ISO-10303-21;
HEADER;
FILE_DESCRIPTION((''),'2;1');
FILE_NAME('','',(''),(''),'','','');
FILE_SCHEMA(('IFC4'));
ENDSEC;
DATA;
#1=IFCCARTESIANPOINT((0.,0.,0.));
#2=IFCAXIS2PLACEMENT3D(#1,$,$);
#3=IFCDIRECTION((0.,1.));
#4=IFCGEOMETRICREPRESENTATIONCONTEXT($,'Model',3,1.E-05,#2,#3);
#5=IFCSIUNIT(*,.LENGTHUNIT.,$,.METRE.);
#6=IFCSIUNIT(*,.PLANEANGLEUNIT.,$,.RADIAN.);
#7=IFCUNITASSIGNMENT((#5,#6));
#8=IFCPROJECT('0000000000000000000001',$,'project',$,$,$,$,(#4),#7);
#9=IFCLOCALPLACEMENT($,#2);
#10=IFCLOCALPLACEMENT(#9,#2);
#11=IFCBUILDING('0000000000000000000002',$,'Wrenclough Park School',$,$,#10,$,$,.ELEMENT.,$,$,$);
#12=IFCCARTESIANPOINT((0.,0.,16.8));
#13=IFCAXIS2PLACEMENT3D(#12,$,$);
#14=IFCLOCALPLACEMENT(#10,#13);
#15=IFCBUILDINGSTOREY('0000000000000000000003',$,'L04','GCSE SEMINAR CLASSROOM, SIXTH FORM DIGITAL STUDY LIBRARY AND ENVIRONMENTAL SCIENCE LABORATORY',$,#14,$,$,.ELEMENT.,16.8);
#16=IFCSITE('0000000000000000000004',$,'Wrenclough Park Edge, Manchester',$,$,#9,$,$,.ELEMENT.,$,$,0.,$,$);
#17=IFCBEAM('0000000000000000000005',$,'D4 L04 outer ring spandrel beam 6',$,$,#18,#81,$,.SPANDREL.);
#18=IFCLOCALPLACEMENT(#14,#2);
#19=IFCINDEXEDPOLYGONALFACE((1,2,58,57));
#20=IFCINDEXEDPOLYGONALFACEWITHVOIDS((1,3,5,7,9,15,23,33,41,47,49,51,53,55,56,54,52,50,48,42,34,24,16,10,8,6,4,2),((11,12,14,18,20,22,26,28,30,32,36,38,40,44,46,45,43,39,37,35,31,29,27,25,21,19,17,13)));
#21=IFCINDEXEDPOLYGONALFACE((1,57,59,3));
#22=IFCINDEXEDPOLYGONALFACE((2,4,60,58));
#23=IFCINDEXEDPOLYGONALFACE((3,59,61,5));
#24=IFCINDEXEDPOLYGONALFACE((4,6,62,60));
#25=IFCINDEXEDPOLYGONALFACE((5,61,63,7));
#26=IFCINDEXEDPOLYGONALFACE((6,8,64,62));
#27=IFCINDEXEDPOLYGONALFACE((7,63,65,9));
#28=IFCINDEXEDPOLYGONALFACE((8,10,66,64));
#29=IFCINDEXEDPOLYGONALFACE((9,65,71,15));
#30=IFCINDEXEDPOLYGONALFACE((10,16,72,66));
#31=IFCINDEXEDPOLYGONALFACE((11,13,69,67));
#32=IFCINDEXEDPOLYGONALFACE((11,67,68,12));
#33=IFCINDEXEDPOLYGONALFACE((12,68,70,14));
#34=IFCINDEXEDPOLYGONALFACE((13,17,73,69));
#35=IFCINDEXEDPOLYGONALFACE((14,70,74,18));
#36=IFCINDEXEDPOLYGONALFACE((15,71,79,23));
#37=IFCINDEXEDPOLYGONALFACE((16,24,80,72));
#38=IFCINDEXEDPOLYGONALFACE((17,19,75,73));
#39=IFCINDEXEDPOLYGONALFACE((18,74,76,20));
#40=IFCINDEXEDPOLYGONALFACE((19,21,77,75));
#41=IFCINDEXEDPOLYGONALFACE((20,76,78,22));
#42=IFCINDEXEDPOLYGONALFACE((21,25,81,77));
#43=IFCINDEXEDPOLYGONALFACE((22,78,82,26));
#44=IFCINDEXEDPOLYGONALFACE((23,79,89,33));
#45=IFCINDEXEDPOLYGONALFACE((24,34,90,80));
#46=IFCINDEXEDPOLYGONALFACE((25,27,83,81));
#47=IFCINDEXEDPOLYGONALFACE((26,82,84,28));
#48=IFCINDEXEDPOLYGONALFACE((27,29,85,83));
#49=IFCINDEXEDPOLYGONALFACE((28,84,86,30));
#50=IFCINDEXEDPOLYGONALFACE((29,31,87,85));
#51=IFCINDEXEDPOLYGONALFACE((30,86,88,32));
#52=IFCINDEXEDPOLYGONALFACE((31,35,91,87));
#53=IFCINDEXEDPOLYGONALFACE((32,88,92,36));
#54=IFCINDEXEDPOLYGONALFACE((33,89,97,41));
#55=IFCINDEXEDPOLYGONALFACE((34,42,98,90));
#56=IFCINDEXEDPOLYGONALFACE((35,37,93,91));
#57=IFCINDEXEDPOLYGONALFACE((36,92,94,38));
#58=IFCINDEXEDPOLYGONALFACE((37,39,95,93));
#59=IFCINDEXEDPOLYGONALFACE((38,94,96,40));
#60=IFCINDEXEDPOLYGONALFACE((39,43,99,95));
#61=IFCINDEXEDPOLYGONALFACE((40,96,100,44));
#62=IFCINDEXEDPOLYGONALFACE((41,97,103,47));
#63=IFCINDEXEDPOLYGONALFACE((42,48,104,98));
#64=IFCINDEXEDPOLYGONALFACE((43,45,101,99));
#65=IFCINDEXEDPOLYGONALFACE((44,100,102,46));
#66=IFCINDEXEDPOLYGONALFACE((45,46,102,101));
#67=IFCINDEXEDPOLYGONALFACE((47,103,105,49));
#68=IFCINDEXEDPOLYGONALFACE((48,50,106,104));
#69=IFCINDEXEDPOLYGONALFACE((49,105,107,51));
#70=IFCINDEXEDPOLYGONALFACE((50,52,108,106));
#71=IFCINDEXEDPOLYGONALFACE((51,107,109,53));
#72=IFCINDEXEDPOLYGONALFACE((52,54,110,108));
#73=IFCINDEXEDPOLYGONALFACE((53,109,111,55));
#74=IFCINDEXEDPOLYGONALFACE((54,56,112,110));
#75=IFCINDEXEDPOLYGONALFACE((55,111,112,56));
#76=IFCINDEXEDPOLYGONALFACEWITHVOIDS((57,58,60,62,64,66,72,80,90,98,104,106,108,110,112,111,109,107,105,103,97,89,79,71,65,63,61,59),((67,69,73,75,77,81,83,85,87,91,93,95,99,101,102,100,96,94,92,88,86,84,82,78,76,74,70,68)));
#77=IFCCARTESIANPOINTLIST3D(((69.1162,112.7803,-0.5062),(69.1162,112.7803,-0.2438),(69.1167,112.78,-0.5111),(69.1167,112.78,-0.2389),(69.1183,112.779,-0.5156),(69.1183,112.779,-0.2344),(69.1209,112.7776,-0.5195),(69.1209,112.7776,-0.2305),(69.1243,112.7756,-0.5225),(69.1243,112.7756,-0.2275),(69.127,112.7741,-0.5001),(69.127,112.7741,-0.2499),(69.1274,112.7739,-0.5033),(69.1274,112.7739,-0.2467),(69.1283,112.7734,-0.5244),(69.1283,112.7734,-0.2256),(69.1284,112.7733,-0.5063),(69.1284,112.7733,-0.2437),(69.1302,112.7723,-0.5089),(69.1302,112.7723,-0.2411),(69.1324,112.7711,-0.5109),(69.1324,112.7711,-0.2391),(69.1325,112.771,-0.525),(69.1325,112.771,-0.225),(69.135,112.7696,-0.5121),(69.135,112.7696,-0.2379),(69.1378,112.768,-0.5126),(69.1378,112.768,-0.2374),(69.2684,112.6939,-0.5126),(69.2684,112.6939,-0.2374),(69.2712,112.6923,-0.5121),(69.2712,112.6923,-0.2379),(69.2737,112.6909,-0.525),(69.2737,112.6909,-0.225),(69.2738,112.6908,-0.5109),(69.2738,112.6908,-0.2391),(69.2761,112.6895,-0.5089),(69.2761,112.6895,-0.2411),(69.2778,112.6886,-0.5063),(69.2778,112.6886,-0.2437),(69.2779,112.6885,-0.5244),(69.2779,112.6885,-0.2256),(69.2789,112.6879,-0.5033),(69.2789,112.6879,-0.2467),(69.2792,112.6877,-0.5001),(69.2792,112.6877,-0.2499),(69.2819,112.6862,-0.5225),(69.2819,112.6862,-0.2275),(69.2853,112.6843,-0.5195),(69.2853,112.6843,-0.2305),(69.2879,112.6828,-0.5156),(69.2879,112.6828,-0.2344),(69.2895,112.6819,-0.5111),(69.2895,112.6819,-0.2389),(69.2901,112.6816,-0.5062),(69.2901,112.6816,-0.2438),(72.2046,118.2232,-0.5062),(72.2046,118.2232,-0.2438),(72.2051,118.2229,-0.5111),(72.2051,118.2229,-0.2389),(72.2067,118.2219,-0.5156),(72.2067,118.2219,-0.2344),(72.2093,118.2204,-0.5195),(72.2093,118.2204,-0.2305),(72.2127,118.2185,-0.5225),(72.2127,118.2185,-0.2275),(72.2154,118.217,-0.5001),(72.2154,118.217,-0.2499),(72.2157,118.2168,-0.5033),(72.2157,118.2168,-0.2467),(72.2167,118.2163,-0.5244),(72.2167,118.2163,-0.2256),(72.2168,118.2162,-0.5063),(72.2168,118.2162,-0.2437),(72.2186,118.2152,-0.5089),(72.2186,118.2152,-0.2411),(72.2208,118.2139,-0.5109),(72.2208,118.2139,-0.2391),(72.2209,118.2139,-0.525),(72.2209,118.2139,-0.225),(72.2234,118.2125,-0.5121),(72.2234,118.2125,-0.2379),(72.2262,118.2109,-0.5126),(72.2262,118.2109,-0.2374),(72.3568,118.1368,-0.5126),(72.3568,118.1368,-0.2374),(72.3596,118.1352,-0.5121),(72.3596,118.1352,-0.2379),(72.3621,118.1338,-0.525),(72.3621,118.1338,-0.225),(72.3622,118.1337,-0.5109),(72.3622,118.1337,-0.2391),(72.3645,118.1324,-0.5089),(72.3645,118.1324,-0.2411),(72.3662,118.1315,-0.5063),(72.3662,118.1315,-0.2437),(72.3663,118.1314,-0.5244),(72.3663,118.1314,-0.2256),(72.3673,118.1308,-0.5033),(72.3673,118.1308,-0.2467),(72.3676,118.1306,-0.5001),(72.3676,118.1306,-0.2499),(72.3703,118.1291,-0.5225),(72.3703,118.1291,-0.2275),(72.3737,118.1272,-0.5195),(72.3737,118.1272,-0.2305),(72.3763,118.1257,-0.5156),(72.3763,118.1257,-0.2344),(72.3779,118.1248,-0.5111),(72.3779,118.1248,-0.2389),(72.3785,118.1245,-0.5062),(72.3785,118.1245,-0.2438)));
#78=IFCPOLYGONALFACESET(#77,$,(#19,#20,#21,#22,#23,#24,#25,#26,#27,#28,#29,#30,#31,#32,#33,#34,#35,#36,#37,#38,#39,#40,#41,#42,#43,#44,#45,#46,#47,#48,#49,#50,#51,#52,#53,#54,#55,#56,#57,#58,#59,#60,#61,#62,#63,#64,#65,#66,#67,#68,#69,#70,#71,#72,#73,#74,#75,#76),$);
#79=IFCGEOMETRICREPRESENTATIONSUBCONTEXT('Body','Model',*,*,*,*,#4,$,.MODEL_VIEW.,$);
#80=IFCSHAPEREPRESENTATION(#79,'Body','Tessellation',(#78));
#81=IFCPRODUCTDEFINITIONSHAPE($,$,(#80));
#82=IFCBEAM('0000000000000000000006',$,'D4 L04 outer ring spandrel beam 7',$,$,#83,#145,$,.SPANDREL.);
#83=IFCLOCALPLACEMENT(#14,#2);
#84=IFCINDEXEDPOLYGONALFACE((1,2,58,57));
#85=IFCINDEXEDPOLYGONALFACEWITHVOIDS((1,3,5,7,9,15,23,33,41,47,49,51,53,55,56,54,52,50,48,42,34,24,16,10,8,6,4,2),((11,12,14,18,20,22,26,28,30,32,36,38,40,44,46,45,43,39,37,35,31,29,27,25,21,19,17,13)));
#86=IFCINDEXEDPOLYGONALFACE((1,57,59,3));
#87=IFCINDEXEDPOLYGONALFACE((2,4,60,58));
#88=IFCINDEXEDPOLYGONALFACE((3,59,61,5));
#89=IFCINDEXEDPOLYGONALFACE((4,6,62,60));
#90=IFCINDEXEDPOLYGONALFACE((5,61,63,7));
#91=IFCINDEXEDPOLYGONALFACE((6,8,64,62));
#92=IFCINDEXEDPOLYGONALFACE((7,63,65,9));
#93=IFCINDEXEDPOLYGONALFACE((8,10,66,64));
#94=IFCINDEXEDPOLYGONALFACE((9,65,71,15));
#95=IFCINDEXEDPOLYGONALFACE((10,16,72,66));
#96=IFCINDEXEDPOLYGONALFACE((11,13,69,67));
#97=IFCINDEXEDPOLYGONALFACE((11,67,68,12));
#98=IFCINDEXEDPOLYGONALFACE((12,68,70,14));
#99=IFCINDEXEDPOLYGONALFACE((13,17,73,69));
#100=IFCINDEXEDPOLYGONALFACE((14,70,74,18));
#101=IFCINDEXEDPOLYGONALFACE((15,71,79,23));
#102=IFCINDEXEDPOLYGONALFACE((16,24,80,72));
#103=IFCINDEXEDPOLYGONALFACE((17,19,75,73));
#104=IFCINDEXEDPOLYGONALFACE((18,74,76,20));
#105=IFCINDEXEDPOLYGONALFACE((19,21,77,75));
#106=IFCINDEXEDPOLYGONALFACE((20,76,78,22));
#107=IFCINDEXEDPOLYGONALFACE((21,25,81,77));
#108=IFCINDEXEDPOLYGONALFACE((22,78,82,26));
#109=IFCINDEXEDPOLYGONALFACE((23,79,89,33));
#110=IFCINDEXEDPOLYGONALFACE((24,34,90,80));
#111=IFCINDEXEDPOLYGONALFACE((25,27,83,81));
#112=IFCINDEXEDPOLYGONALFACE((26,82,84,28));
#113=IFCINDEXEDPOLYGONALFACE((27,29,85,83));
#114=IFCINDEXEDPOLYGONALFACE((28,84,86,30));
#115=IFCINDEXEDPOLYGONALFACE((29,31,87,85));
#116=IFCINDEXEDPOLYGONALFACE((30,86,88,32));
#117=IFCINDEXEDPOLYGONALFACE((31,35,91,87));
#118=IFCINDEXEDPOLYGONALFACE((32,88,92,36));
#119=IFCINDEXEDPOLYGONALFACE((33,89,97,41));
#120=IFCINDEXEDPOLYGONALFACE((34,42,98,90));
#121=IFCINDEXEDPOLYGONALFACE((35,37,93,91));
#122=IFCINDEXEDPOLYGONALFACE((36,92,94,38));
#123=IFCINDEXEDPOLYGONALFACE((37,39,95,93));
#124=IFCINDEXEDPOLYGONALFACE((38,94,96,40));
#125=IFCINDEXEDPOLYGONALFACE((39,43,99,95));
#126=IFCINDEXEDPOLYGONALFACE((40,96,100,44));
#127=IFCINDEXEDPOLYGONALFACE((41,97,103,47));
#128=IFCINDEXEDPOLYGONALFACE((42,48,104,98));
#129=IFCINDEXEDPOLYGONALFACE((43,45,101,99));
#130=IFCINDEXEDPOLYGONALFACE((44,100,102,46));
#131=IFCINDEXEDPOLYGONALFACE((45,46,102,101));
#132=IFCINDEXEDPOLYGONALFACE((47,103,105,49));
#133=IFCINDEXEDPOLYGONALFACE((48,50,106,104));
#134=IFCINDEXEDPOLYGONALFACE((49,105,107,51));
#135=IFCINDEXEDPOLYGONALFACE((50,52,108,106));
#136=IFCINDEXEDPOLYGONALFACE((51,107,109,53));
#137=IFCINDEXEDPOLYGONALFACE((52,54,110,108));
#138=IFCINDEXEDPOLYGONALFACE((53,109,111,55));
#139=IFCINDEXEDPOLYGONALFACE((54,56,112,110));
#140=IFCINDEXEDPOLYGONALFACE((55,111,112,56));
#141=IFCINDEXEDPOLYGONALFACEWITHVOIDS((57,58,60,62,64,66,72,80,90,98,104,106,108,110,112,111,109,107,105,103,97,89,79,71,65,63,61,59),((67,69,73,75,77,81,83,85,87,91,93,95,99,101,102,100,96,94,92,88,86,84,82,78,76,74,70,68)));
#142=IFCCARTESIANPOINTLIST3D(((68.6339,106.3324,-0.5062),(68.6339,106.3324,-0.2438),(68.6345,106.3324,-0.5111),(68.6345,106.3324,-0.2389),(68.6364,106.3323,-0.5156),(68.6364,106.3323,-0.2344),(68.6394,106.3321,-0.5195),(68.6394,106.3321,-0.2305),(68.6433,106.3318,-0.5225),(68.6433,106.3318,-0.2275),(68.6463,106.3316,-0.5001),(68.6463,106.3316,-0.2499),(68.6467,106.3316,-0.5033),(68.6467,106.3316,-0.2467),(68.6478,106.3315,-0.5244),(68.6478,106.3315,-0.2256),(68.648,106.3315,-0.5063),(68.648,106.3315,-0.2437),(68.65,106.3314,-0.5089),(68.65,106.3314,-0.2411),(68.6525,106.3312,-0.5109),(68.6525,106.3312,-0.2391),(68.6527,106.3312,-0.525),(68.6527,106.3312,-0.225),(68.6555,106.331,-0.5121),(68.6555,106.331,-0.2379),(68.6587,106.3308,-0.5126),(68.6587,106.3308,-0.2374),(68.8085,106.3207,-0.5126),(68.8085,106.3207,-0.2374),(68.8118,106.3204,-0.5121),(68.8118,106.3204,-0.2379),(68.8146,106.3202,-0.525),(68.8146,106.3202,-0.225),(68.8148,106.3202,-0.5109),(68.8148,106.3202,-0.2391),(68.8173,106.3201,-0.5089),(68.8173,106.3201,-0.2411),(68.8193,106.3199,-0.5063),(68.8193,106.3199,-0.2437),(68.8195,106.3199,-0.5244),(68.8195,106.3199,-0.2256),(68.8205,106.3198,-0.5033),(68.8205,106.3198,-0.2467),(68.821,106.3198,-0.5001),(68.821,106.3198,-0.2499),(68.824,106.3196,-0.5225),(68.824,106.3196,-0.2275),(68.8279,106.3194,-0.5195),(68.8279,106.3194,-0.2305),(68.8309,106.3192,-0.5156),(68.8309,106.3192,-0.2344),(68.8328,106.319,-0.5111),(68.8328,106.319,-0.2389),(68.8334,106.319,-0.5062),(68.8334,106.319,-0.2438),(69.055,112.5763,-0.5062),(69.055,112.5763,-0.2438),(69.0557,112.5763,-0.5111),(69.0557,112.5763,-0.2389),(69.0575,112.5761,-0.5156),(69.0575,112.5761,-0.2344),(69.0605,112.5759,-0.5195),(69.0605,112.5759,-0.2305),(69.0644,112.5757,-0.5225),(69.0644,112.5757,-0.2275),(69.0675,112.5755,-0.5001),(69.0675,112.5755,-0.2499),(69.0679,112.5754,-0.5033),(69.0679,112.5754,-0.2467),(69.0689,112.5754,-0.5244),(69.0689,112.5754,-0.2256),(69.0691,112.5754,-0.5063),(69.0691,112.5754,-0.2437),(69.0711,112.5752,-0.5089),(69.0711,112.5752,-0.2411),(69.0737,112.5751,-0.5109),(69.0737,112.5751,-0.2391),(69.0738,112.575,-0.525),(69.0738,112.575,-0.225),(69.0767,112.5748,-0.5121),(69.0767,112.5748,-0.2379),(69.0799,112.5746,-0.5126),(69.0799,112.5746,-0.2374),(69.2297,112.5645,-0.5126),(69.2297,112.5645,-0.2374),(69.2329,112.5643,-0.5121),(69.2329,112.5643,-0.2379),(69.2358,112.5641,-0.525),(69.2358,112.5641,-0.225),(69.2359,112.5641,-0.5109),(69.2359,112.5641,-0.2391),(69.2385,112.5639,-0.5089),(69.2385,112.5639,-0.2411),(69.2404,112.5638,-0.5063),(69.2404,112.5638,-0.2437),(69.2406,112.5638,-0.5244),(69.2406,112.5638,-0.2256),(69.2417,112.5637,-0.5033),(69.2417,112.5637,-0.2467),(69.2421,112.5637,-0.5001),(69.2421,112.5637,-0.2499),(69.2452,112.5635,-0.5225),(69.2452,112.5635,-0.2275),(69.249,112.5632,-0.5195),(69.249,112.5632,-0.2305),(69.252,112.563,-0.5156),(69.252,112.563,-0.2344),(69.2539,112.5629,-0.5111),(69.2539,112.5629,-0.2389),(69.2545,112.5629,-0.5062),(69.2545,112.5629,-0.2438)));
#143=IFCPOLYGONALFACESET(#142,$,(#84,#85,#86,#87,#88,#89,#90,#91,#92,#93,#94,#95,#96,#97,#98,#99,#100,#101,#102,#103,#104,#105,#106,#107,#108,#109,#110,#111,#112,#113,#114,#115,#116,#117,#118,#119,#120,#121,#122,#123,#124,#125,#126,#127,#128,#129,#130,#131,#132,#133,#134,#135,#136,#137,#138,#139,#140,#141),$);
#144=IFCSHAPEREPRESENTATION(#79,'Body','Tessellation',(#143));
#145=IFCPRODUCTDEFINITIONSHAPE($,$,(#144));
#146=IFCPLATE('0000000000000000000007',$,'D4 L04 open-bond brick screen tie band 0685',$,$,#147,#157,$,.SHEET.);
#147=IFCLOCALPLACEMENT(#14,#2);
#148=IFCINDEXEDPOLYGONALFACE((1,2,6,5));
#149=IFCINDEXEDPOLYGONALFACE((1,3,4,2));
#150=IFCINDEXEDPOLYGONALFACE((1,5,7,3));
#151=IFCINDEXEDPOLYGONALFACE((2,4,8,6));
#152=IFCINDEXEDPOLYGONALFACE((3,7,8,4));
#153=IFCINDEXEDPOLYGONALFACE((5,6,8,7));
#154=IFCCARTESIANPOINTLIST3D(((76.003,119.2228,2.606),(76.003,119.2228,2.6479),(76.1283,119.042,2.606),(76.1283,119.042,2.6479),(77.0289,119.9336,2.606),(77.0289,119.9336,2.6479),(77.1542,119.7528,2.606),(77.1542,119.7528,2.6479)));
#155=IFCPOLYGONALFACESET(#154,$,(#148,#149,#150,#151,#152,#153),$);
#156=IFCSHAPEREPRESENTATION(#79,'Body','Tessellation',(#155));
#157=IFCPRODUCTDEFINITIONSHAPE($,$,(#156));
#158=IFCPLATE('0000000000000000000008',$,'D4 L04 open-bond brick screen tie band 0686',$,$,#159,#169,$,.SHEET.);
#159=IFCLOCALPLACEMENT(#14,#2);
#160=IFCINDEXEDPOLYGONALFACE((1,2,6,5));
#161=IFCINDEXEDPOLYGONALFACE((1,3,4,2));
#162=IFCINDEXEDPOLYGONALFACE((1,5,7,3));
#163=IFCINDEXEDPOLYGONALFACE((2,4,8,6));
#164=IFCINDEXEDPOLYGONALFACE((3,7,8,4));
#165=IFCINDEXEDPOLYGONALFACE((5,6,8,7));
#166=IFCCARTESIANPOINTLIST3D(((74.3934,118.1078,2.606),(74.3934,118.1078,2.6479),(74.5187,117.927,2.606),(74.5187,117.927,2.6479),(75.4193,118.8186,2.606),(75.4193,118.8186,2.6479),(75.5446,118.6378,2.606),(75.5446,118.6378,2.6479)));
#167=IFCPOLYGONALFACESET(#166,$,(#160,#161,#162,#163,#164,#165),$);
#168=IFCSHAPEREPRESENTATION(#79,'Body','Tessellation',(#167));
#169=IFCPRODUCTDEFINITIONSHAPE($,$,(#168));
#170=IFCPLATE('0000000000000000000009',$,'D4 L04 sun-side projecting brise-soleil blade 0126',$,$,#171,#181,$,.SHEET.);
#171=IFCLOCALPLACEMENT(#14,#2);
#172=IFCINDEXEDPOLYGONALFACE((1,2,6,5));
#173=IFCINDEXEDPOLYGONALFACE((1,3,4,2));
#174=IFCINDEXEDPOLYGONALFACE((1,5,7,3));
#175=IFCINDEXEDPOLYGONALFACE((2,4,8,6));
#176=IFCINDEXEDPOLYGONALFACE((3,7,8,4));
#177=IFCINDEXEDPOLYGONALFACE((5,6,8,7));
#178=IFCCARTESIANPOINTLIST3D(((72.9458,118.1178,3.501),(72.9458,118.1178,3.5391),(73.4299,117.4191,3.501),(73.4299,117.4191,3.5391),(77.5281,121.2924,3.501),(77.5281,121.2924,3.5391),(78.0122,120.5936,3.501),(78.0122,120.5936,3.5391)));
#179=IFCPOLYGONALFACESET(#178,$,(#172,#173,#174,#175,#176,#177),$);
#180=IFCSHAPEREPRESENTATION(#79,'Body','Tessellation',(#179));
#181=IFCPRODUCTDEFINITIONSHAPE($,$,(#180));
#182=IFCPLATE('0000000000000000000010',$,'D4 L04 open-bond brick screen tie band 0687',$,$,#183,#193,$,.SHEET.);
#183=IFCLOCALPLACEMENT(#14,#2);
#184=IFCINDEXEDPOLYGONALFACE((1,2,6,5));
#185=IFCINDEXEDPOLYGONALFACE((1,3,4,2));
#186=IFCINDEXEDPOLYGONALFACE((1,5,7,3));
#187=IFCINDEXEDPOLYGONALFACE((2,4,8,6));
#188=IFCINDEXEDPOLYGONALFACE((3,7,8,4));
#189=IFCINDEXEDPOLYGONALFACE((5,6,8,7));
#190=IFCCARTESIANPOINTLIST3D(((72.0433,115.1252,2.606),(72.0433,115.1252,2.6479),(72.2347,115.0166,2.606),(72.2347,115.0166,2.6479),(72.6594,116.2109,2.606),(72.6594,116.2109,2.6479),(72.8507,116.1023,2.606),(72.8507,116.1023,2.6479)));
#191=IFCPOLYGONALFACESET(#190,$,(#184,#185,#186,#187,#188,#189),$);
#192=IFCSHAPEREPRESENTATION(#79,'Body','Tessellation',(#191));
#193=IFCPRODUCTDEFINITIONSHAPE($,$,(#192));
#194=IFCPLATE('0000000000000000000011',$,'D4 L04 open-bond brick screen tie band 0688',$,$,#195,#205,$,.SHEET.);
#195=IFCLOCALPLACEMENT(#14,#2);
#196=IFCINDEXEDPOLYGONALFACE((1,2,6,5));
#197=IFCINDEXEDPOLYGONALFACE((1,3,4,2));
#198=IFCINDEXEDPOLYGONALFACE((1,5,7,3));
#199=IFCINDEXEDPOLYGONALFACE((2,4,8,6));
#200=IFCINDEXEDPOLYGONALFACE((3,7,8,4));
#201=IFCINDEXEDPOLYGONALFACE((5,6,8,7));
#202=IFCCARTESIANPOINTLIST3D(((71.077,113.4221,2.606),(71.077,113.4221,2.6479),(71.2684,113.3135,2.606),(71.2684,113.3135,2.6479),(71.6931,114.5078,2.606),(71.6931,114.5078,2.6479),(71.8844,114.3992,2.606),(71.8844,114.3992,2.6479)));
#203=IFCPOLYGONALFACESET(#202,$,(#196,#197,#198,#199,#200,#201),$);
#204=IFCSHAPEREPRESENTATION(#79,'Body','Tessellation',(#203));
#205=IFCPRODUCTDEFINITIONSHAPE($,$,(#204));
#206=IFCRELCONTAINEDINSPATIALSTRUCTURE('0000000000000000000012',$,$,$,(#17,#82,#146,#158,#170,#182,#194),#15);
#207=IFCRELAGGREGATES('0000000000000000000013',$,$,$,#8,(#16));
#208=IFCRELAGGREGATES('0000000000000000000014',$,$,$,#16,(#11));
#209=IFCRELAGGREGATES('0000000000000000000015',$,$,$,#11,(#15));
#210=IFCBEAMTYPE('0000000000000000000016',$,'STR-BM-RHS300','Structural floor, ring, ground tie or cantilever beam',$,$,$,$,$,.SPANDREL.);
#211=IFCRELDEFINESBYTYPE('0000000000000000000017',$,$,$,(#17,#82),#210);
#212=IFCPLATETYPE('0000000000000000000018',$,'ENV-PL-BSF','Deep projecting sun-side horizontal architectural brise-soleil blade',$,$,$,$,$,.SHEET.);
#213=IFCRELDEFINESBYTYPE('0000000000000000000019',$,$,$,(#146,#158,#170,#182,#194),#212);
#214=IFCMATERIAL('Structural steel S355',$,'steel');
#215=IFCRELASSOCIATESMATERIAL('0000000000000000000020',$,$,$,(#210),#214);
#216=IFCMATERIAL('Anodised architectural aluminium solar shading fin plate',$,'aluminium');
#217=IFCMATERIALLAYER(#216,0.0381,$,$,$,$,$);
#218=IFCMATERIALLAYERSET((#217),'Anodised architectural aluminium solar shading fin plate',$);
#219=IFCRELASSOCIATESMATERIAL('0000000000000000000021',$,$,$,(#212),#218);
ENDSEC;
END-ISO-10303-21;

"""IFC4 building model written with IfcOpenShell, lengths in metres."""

from ifc_helpers import new_model, si_unit, direction, frame, origin, origin_2d, place, context, subcontext, project, spatial, rectangle, hollow_rectangle, extrude, material, layer, layer_set, material_profile, profile_set, type_object, element, save


model = new_model("IFC4")

# Units and contexts
model_context = context("Model", 3, precision=1e-05, world=origin(), true_north=direction((0.0, 1.0)))
body_context = subcontext(model_context, "Body", "Model", "MODEL_VIEW")
ifc_project = project(units=[si_unit("LENGTHUNIT", "METRE"), si_unit("PLANEANGLEUNIT", "RADIAN")], contexts=[model_context])

# Site, building, storey
site_placement = place(None, origin())
site = spatial("IfcSite", under=ifc_project, at=site_placement, Name="Wrenclough Park Edge, Manchester", CompositionType="ELEMENT", RefElevation=0.0)
building_placement = place(site_placement, origin())
building = spatial("IfcBuilding", under=site, at=building_placement, Name="Wrenclough Park School", CompositionType="ELEMENT")
storey_placement = place(building_placement, frame((0.0, 0.0, 16.8)))
storey = spatial("IfcBuildingStorey", under=building, at=storey_placement, Name="L04", Description="GCSE SEMINAR CLASSROOM, SIXTH FORM DIGITAL STUDY LIBRARY AND ENVIRONMENTAL SCIENCE LABORATORY", CompositionType="ELEMENT", Elevation=16.8)

# Shared definitions
ifc_material_1 = material(Name="Structural steel S355", Category="steel")

# Beams
ifc_material_profile_1 = material_profile(ifc_material_1, hollow_rectangle(XDim=0.2, YDim=0.3, WallThickness=0.0125, InnerFilletRadius=0.0125, OuterFilletRadius=0.0188, at=origin_2d()), Name="RHS 300x200x12.5")
ifc_profile_set_1 = profile_set([ifc_material_profile_1], Name="Structural steel S355")
beam_type = type_object("IfcBeamType", Name="STR-BM-RHS300", Description="Structural floor, ring, ground tie or cantilever beam", PredefinedType="SPANDREL", material=ifc_profile_set_1)
for number, where, z_axis, x_axis, name in (
    (1, (72.2915, 118.1738, -0.375), (-0.493507, -0.869742, 0.0), (0.869742, -0.493507, 0.0), "D4 L04 outer ring spandrel beam 6"),
    (2, (69.1548, 112.5696, -0.375), (-0.067296, -0.997733, 0.0), (0.997733, -0.067296, 0.0), "D4 L04 outer ring spandrel beam 7"),
):
    element("IfcBeam", number, at=place(storey_placement, frame(where, z_axis=z_axis, x_axis=x_axis)), inside=storey, type_object=beam_type, Name=name, PredefinedType="SPANDREL", context=body_context, shape_type="SweptSolid", body=[
        extrude(hollow_rectangle(XDim=0.2, YDim=0.3, WallThickness=0.0125, InnerFilletRadius=0.0125, OuterFilletRadius=0.0188, at=origin_2d()), origin(), (0.0, 0.0, 1.0), 6.2581),
    ])

# Plates
ifc_material_2 = material(Name="Anodised architectural aluminium solar shading fin plate", Category="aluminium")
ifc_layer_1 = layer(ifc_material_2, 0.0381)
ifc_layer_set_1 = layer_set([ifc_layer_1], Name="Anodised architectural aluminium solar shading fin plate")
plate_type = type_object("IfcPlateType", Name="ENV-PL-BSF", Description="Deep projecting sun-side horizontal architectural brise-soleil blade", PredefinedType="SHEET", material=ifc_layer_set_1)
for number, where, z_axis, x_axis, name in (
    (3, (76.5786, 119.4878, 2.606), (0.0, 0.0, 1.0), (-0.822008, -0.569476, 0.0), "D4 L04 open-bond brick screen tie band 0685"),
    (4, (74.969, 118.3728, 2.606), (0.0, 0.0, 1.0), (-0.822008, -0.569476, 0.0), "D4 L04 open-bond brick screen tie band 0686"),
):
    element("IfcPlate", number, at=place(storey_placement, frame(where, z_axis=z_axis, x_axis=x_axis)), inside=storey, type_object=plate_type, Name=name, PredefinedType="SHEET", context=body_context, shape_type="SweptSolid", body=[
        extrude(rectangle(XDim=1.248, YDim=0.22, at=origin_2d()), origin(), (0.0, 0.0, 1.0), 0.042),
    ])
plate_1_placement = place(storey_placement, frame((75.479, 119.3557, 3.501), z_axis=(0.0, 0.0, 1.0), x_axis=(-0.822008, -0.569476, 0.0)))
element("IfcPlate", 5, at=plate_1_placement, inside=storey, type_object=plate_type, Name="D4 L04 sun-side projecting brise-soleil blade 0126", PredefinedType="SHEET", context=body_context, shape_type="SweptSolid", body=[
    extrude(rectangle(XDim=5.5745, YDim=0.8501, at=origin_2d()), origin(), (0.0, 0.0, 1.0), 0.0381),
])
for number, where, z_axis, x_axis, name in (
    (6, (72.447, 115.6138, 2.606), (0.0, 0.0, 1.0), (-0.493499, -0.869747, 0.0), "D4 L04 open-bond brick screen tie band 0687"),
    (7, (71.4807, 113.9106, 2.606), (0.0, 0.0, 1.0), (-0.493499, -0.869747, 0.0), "D4 L04 open-bond brick screen tie band 0688"),
):
    element("IfcPlate", number, at=place(storey_placement, frame(where, z_axis=z_axis, x_axis=x_axis)), inside=storey, type_object=plate_type, Name=name, PredefinedType="SHEET", context=body_context, shape_type="SweptSolid", body=[
        extrude(rectangle(XDim=1.2483, YDim=0.22, at=origin_2d()), origin(), (0.0, 0.0, 1.0), 0.042),
    ])

save(model, "model.ifc")
